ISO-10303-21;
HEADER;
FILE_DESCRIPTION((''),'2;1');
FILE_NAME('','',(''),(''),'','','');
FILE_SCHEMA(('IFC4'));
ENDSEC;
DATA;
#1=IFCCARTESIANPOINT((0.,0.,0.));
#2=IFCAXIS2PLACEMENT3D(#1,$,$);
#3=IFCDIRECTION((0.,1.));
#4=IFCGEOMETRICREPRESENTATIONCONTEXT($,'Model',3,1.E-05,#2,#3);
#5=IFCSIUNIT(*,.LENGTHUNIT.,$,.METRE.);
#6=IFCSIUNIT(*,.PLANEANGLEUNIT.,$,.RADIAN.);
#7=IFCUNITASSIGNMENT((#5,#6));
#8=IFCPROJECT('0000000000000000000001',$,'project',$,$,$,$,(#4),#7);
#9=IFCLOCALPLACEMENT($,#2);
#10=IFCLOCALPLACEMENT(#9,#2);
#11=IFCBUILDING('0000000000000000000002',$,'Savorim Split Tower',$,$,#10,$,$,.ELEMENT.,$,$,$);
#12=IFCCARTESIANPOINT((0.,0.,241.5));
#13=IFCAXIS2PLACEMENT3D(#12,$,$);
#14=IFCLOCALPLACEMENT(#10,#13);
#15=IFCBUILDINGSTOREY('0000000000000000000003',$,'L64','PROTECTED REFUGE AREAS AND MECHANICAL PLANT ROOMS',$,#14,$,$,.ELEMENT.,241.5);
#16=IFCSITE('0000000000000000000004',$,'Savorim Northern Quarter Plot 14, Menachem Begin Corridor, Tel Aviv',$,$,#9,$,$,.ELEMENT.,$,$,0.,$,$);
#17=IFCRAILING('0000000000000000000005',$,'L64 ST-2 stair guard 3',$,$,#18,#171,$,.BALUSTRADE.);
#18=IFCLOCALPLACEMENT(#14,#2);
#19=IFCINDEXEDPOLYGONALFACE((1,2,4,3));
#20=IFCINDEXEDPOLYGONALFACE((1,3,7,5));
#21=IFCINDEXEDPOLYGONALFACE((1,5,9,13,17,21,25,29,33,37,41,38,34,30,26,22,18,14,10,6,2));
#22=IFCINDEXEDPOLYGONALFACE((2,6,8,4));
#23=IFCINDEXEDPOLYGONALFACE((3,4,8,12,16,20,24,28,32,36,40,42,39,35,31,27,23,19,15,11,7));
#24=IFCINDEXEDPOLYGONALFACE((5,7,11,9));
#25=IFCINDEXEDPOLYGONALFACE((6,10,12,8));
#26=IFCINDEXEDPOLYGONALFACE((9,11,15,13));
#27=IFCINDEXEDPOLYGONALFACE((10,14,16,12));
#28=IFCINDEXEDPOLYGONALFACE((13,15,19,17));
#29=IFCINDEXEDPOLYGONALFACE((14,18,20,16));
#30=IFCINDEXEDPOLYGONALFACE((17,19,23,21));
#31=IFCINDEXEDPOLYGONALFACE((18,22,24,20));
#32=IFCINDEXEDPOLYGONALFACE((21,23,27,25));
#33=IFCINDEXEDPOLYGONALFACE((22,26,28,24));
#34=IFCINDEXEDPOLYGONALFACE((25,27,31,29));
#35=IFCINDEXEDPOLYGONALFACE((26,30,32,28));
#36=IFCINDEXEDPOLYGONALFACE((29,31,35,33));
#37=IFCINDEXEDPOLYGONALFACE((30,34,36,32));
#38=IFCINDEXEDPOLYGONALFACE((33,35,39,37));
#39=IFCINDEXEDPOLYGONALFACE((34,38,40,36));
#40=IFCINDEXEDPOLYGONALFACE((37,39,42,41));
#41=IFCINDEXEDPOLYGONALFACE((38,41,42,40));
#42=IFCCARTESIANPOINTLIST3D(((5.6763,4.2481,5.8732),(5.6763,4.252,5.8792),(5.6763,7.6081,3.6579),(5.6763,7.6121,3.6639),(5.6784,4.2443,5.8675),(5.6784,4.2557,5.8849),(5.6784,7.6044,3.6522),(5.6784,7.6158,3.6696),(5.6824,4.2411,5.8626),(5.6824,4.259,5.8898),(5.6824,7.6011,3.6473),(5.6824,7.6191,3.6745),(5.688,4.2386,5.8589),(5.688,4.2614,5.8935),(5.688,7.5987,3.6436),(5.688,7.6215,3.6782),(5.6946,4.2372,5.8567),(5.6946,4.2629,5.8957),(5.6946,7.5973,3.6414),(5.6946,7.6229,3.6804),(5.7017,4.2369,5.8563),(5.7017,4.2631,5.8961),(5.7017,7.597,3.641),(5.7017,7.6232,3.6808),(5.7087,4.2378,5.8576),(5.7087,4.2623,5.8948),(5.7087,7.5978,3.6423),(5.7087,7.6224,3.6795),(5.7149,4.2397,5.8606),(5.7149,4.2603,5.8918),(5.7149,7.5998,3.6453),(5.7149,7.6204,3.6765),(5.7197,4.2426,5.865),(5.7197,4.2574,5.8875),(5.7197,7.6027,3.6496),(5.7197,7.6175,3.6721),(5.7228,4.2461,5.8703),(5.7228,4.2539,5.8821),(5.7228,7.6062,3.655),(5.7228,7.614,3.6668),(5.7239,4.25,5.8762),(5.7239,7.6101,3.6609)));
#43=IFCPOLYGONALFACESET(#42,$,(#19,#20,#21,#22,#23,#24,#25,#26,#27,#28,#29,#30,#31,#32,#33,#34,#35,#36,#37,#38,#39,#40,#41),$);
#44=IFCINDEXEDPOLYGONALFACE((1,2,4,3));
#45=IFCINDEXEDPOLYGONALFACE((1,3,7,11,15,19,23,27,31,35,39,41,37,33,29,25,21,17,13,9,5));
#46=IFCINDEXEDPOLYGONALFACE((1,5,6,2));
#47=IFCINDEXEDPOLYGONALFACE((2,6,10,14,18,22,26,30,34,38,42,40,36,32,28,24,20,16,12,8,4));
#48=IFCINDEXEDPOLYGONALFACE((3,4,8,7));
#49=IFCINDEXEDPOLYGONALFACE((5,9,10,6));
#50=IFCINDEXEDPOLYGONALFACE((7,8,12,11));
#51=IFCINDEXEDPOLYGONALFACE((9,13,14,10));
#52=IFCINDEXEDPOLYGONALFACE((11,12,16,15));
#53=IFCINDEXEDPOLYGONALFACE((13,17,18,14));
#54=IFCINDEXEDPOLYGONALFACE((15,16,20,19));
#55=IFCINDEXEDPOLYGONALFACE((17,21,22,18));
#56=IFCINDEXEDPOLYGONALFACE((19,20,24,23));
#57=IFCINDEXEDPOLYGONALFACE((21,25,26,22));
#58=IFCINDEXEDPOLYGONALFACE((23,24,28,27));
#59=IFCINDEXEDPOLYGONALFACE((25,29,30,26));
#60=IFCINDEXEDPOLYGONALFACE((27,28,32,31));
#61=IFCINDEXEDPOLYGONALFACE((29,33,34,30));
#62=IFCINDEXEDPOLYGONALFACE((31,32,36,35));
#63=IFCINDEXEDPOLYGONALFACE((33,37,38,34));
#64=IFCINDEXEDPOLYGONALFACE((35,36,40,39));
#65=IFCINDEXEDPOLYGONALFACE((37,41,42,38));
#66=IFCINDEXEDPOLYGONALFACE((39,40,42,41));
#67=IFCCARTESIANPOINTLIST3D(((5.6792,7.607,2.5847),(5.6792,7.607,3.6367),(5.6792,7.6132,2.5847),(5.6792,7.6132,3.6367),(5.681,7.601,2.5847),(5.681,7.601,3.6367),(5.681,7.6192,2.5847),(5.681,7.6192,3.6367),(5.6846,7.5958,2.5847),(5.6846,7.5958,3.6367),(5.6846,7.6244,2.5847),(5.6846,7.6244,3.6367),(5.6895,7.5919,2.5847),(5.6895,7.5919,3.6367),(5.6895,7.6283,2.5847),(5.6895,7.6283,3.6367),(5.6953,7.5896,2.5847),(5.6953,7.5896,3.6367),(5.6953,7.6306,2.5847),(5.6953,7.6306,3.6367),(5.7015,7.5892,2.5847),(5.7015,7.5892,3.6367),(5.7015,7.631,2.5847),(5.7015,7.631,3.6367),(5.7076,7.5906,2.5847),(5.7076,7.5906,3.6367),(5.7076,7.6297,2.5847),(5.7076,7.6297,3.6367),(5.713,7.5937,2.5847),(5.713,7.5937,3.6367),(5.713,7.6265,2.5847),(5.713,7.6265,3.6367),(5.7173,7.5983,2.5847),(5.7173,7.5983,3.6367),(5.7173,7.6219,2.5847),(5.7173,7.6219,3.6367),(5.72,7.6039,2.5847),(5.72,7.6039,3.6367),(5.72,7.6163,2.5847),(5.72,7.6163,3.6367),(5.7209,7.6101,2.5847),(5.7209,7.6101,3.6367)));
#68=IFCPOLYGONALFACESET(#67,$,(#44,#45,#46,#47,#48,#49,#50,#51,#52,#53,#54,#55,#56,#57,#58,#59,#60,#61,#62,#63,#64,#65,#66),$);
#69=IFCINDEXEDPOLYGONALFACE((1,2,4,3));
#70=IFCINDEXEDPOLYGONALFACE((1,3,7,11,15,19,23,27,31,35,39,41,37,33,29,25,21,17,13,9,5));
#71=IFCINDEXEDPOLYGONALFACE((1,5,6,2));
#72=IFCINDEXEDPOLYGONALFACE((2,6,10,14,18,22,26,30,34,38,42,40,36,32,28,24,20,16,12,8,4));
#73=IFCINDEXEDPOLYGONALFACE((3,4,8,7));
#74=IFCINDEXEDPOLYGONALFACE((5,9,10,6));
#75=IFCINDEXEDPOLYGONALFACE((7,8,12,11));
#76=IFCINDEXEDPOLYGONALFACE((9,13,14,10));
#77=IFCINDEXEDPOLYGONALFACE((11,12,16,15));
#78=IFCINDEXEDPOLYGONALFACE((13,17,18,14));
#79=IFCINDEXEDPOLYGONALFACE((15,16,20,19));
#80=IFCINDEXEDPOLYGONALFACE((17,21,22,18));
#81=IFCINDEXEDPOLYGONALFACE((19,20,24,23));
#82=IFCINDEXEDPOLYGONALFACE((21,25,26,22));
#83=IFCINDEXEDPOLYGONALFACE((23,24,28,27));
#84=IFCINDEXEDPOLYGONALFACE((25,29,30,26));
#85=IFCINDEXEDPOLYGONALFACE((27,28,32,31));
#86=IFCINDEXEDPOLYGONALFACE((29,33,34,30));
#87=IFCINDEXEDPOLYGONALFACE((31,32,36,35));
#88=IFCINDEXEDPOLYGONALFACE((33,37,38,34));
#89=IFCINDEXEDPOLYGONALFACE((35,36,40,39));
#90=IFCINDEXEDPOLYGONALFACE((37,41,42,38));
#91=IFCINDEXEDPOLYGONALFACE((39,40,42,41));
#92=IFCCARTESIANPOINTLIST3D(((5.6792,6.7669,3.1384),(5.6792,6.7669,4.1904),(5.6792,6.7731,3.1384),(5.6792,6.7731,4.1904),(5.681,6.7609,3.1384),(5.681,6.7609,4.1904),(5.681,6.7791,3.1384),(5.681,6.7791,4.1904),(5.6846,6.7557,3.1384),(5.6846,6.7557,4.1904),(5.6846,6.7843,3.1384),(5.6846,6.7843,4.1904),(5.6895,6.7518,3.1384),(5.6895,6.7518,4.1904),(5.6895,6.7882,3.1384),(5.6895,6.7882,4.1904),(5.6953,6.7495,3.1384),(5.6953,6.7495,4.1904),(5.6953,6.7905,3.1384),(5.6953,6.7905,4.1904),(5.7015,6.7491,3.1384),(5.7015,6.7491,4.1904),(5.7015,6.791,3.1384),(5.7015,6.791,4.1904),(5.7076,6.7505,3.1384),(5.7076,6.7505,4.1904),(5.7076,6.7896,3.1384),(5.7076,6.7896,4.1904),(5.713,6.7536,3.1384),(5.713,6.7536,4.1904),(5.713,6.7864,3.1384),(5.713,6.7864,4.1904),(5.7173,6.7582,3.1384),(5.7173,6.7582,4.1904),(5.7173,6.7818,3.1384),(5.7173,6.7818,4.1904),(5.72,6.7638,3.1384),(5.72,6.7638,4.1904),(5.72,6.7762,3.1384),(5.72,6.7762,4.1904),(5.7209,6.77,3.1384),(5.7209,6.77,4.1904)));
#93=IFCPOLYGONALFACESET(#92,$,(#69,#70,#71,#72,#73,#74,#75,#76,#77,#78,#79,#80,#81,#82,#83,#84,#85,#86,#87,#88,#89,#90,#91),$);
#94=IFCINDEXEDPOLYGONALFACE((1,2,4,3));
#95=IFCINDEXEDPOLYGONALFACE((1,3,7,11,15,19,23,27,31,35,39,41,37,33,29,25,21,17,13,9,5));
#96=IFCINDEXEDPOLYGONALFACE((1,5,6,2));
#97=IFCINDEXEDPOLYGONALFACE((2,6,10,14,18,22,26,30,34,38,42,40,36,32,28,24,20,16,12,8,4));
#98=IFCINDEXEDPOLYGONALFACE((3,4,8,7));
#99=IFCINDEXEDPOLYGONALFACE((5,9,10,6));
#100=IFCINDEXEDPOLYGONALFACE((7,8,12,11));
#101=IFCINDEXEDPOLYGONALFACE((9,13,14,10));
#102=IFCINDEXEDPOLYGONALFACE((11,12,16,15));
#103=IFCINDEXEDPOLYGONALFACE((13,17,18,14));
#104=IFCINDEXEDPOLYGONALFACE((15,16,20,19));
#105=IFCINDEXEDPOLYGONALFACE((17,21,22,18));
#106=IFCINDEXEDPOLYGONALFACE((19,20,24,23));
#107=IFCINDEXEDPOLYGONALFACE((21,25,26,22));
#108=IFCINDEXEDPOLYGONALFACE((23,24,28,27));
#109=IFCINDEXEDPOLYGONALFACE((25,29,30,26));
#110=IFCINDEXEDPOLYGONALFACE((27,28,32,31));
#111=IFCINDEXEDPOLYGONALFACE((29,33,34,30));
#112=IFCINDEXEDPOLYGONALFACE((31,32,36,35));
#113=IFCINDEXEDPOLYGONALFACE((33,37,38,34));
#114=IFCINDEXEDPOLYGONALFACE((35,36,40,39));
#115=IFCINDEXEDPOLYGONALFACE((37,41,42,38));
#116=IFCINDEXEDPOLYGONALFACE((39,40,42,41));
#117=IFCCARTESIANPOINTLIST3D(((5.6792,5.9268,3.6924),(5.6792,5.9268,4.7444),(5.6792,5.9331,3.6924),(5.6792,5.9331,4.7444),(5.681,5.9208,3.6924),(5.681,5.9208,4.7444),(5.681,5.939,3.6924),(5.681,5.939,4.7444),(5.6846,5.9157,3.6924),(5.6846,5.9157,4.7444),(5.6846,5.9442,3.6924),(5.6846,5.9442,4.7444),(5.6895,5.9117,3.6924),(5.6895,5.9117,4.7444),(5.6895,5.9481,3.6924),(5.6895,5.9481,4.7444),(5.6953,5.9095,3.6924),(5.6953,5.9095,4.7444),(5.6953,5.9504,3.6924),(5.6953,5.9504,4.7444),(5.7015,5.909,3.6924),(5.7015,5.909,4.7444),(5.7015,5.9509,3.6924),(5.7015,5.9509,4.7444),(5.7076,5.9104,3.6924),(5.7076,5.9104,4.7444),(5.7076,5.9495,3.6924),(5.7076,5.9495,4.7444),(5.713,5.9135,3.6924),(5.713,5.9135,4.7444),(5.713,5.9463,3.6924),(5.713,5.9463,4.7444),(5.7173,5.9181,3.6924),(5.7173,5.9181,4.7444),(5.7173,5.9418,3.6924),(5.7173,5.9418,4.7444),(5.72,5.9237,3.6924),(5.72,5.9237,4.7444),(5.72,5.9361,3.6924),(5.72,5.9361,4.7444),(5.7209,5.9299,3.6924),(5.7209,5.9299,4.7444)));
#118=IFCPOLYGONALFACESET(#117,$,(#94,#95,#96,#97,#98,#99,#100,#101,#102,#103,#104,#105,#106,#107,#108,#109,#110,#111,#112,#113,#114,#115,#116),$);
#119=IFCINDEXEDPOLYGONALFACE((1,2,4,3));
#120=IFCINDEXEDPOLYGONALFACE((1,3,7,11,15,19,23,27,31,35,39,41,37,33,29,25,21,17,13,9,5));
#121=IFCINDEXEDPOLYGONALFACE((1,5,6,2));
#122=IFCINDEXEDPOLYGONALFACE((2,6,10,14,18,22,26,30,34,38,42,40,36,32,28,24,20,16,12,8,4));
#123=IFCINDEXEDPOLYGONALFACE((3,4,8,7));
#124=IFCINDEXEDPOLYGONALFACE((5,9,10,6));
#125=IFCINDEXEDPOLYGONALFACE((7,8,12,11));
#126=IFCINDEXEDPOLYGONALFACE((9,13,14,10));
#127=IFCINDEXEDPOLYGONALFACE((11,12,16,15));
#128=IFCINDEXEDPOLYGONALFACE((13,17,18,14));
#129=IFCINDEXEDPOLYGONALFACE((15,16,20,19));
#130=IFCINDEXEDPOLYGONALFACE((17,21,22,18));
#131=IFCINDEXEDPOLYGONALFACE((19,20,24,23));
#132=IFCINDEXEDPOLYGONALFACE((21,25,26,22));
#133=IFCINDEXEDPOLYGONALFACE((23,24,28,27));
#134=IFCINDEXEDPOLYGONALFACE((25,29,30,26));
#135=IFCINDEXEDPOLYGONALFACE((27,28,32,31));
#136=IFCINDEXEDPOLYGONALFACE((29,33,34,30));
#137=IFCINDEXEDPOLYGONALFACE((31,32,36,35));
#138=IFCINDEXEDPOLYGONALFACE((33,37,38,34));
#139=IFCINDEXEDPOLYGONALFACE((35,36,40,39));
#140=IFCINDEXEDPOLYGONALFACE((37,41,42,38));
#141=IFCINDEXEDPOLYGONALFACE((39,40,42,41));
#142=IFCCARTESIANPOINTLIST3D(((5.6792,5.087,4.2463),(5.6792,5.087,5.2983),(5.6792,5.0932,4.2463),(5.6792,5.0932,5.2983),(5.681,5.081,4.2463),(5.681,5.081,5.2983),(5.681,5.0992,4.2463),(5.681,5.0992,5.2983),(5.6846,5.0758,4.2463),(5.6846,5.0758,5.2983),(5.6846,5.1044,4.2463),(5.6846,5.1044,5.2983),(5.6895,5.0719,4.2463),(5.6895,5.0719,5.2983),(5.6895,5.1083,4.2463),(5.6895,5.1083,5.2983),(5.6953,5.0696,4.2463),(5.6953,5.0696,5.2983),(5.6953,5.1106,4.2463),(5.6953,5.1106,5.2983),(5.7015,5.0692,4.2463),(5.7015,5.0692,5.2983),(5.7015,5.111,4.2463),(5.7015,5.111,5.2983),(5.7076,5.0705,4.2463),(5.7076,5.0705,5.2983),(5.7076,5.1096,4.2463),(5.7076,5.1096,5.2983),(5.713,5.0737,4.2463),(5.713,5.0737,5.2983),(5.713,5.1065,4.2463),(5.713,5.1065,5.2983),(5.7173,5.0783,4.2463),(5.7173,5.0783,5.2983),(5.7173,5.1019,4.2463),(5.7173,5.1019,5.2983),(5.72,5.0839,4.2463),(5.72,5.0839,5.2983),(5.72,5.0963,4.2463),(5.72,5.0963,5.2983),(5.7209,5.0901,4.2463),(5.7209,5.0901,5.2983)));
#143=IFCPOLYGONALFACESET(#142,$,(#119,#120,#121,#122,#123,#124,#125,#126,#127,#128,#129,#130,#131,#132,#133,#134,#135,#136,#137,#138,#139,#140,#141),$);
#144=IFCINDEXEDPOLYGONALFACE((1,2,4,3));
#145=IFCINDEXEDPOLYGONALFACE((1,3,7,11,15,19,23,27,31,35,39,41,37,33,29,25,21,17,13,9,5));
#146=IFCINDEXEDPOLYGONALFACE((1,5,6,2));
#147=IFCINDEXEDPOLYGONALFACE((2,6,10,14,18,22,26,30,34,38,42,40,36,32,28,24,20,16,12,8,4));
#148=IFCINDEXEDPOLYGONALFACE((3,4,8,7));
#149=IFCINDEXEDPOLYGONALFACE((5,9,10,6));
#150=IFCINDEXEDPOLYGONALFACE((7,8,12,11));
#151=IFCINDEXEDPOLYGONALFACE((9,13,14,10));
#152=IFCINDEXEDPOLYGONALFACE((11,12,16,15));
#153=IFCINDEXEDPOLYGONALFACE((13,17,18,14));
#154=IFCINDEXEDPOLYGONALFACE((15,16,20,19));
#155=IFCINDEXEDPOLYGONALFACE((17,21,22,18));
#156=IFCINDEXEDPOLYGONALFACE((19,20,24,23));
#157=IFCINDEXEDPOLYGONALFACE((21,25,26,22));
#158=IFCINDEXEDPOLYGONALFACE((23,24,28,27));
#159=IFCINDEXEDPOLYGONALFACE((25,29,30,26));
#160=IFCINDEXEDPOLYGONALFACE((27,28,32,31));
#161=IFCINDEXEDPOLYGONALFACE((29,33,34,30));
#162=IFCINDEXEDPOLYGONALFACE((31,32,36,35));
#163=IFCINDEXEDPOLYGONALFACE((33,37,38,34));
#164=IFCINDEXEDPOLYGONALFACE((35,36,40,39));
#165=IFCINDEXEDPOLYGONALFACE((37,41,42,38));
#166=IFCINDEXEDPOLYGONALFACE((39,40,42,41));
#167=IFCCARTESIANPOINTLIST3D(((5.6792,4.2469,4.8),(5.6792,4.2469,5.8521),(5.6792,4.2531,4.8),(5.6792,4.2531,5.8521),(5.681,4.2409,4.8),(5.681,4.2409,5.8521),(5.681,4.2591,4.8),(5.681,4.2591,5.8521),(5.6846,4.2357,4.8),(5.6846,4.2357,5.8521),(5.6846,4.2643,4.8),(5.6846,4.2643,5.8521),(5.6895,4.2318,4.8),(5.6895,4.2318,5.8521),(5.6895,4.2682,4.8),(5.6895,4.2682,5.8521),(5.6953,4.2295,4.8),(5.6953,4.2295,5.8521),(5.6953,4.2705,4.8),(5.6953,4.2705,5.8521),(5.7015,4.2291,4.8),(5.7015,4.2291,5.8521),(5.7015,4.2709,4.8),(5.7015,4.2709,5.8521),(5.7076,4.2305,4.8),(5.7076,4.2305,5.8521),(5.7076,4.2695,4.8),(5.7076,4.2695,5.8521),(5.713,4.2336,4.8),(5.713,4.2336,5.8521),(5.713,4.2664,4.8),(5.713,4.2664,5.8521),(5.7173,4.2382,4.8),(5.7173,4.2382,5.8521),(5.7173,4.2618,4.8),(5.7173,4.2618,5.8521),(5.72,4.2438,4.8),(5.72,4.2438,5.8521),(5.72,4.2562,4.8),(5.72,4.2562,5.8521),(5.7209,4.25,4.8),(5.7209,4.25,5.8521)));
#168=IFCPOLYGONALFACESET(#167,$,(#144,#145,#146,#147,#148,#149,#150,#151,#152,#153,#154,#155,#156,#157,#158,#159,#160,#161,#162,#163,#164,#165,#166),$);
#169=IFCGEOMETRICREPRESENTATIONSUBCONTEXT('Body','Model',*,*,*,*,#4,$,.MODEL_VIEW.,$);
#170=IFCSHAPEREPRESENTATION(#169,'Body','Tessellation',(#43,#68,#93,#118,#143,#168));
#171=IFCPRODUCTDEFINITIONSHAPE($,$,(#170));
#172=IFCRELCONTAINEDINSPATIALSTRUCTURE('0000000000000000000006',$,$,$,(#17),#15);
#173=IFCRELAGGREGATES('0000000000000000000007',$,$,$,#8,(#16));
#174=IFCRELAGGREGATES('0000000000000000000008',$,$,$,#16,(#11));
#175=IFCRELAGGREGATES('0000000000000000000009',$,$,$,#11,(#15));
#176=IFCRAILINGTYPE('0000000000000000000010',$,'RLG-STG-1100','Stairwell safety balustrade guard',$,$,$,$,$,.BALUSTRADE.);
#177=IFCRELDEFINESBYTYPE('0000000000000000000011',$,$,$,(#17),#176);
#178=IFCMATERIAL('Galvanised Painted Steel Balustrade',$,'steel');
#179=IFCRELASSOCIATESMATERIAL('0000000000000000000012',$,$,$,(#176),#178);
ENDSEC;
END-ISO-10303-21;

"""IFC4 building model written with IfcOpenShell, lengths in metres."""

from ifc_helpers import new_model, si_unit, direction, frame, origin, origin_2d, place, context, subcontext, project, spatial, circle, extrude, material, type_object, element, save


model = new_model("IFC4")

# Units and contexts
model_context = context("Model", 3, precision=1e-05, world=origin(), true_north=direction((0.0, 1.0)))
body_context = subcontext(model_context, "Body", "Model", "MODEL_VIEW")
ifc_project = project(units=[si_unit("LENGTHUNIT", "METRE"), si_unit("PLANEANGLEUNIT", "RADIAN")], contexts=[model_context])

# Site, building, storey
site_placement = place(None, origin())
site = spatial("IfcSite", under=ifc_project, at=site_placement, Name="Savorim Northern Quarter Plot 14, Menachem Begin Corridor, Tel Aviv", CompositionType="ELEMENT", RefElevation=0.0)
building_placement = place(site_placement, origin())
building = spatial("IfcBuilding", under=site, at=building_placement, Name="Savorim Split Tower", CompositionType="ELEMENT")
storey_placement = place(building_placement, frame((0.0, 0.0, 241.5)))
storey = spatial("IfcBuildingStorey", under=building, at=storey_placement, Name="L64", Description="PROTECTED REFUGE AREAS AND MECHANICAL PLANT ROOMS", CompositionType="ELEMENT", Elevation=241.5)

# Shared definitions
ifc_material_1 = material(Name="Galvanised Painted Steel Balustrade", Category="steel")

# Railing
railing_type_1 = type_object("IfcRailingType", Name="RLG-STG-1100", Description="Stairwell safety balustrade guard", PredefinedType="BALUSTRADE", material=ifc_material_1)
railing_1_placement = place(storey_placement, frame((5.7, 7.6101, 2.5847)))
element("IfcRailing", 1, at=railing_1_placement, inside=storey, type_object=railing_type_1, Name="L64 ST-2 stair guard 3", PredefinedType="BALUSTRADE", context=body_context, shape_type="SweptSolid", body=[
    extrude(circle(Radius=0.0239, at=origin_2d()), frame((0.0, 0.0, 1.0762), z_axis=(0.0, -0.834876, 0.550437), x_axis=(1.0, 0.0, 0.0)), (0.0, 0.0, 1.0), 4.0247),
    extrude(circle(Radius=0.021, at=origin_2d()), origin(), (0.0, 0.0, 1.0), 1.052),
    extrude(circle(Radius=0.021, at=origin_2d()), frame((0.0, -0.8401, 0.5537)), (0.0, 0.0, 1.0), 1.052),
    extrude(circle(Radius=0.021, at=origin_2d()), frame((0.0, -1.6802, 1.1077)), (0.0, 0.0, 1.0), 1.052),
    extrude(circle(Radius=0.021, at=origin_2d()), frame((0.0, -2.52, 1.6616)), (0.0, 0.0, 1.0), 1.052),
    extrude(circle(Radius=0.021, at=origin_2d()), frame((0.0, -3.3601, 2.2153)), (0.0, 0.0, 1.0), 1.052),
])

save(model, "model.ifc")
